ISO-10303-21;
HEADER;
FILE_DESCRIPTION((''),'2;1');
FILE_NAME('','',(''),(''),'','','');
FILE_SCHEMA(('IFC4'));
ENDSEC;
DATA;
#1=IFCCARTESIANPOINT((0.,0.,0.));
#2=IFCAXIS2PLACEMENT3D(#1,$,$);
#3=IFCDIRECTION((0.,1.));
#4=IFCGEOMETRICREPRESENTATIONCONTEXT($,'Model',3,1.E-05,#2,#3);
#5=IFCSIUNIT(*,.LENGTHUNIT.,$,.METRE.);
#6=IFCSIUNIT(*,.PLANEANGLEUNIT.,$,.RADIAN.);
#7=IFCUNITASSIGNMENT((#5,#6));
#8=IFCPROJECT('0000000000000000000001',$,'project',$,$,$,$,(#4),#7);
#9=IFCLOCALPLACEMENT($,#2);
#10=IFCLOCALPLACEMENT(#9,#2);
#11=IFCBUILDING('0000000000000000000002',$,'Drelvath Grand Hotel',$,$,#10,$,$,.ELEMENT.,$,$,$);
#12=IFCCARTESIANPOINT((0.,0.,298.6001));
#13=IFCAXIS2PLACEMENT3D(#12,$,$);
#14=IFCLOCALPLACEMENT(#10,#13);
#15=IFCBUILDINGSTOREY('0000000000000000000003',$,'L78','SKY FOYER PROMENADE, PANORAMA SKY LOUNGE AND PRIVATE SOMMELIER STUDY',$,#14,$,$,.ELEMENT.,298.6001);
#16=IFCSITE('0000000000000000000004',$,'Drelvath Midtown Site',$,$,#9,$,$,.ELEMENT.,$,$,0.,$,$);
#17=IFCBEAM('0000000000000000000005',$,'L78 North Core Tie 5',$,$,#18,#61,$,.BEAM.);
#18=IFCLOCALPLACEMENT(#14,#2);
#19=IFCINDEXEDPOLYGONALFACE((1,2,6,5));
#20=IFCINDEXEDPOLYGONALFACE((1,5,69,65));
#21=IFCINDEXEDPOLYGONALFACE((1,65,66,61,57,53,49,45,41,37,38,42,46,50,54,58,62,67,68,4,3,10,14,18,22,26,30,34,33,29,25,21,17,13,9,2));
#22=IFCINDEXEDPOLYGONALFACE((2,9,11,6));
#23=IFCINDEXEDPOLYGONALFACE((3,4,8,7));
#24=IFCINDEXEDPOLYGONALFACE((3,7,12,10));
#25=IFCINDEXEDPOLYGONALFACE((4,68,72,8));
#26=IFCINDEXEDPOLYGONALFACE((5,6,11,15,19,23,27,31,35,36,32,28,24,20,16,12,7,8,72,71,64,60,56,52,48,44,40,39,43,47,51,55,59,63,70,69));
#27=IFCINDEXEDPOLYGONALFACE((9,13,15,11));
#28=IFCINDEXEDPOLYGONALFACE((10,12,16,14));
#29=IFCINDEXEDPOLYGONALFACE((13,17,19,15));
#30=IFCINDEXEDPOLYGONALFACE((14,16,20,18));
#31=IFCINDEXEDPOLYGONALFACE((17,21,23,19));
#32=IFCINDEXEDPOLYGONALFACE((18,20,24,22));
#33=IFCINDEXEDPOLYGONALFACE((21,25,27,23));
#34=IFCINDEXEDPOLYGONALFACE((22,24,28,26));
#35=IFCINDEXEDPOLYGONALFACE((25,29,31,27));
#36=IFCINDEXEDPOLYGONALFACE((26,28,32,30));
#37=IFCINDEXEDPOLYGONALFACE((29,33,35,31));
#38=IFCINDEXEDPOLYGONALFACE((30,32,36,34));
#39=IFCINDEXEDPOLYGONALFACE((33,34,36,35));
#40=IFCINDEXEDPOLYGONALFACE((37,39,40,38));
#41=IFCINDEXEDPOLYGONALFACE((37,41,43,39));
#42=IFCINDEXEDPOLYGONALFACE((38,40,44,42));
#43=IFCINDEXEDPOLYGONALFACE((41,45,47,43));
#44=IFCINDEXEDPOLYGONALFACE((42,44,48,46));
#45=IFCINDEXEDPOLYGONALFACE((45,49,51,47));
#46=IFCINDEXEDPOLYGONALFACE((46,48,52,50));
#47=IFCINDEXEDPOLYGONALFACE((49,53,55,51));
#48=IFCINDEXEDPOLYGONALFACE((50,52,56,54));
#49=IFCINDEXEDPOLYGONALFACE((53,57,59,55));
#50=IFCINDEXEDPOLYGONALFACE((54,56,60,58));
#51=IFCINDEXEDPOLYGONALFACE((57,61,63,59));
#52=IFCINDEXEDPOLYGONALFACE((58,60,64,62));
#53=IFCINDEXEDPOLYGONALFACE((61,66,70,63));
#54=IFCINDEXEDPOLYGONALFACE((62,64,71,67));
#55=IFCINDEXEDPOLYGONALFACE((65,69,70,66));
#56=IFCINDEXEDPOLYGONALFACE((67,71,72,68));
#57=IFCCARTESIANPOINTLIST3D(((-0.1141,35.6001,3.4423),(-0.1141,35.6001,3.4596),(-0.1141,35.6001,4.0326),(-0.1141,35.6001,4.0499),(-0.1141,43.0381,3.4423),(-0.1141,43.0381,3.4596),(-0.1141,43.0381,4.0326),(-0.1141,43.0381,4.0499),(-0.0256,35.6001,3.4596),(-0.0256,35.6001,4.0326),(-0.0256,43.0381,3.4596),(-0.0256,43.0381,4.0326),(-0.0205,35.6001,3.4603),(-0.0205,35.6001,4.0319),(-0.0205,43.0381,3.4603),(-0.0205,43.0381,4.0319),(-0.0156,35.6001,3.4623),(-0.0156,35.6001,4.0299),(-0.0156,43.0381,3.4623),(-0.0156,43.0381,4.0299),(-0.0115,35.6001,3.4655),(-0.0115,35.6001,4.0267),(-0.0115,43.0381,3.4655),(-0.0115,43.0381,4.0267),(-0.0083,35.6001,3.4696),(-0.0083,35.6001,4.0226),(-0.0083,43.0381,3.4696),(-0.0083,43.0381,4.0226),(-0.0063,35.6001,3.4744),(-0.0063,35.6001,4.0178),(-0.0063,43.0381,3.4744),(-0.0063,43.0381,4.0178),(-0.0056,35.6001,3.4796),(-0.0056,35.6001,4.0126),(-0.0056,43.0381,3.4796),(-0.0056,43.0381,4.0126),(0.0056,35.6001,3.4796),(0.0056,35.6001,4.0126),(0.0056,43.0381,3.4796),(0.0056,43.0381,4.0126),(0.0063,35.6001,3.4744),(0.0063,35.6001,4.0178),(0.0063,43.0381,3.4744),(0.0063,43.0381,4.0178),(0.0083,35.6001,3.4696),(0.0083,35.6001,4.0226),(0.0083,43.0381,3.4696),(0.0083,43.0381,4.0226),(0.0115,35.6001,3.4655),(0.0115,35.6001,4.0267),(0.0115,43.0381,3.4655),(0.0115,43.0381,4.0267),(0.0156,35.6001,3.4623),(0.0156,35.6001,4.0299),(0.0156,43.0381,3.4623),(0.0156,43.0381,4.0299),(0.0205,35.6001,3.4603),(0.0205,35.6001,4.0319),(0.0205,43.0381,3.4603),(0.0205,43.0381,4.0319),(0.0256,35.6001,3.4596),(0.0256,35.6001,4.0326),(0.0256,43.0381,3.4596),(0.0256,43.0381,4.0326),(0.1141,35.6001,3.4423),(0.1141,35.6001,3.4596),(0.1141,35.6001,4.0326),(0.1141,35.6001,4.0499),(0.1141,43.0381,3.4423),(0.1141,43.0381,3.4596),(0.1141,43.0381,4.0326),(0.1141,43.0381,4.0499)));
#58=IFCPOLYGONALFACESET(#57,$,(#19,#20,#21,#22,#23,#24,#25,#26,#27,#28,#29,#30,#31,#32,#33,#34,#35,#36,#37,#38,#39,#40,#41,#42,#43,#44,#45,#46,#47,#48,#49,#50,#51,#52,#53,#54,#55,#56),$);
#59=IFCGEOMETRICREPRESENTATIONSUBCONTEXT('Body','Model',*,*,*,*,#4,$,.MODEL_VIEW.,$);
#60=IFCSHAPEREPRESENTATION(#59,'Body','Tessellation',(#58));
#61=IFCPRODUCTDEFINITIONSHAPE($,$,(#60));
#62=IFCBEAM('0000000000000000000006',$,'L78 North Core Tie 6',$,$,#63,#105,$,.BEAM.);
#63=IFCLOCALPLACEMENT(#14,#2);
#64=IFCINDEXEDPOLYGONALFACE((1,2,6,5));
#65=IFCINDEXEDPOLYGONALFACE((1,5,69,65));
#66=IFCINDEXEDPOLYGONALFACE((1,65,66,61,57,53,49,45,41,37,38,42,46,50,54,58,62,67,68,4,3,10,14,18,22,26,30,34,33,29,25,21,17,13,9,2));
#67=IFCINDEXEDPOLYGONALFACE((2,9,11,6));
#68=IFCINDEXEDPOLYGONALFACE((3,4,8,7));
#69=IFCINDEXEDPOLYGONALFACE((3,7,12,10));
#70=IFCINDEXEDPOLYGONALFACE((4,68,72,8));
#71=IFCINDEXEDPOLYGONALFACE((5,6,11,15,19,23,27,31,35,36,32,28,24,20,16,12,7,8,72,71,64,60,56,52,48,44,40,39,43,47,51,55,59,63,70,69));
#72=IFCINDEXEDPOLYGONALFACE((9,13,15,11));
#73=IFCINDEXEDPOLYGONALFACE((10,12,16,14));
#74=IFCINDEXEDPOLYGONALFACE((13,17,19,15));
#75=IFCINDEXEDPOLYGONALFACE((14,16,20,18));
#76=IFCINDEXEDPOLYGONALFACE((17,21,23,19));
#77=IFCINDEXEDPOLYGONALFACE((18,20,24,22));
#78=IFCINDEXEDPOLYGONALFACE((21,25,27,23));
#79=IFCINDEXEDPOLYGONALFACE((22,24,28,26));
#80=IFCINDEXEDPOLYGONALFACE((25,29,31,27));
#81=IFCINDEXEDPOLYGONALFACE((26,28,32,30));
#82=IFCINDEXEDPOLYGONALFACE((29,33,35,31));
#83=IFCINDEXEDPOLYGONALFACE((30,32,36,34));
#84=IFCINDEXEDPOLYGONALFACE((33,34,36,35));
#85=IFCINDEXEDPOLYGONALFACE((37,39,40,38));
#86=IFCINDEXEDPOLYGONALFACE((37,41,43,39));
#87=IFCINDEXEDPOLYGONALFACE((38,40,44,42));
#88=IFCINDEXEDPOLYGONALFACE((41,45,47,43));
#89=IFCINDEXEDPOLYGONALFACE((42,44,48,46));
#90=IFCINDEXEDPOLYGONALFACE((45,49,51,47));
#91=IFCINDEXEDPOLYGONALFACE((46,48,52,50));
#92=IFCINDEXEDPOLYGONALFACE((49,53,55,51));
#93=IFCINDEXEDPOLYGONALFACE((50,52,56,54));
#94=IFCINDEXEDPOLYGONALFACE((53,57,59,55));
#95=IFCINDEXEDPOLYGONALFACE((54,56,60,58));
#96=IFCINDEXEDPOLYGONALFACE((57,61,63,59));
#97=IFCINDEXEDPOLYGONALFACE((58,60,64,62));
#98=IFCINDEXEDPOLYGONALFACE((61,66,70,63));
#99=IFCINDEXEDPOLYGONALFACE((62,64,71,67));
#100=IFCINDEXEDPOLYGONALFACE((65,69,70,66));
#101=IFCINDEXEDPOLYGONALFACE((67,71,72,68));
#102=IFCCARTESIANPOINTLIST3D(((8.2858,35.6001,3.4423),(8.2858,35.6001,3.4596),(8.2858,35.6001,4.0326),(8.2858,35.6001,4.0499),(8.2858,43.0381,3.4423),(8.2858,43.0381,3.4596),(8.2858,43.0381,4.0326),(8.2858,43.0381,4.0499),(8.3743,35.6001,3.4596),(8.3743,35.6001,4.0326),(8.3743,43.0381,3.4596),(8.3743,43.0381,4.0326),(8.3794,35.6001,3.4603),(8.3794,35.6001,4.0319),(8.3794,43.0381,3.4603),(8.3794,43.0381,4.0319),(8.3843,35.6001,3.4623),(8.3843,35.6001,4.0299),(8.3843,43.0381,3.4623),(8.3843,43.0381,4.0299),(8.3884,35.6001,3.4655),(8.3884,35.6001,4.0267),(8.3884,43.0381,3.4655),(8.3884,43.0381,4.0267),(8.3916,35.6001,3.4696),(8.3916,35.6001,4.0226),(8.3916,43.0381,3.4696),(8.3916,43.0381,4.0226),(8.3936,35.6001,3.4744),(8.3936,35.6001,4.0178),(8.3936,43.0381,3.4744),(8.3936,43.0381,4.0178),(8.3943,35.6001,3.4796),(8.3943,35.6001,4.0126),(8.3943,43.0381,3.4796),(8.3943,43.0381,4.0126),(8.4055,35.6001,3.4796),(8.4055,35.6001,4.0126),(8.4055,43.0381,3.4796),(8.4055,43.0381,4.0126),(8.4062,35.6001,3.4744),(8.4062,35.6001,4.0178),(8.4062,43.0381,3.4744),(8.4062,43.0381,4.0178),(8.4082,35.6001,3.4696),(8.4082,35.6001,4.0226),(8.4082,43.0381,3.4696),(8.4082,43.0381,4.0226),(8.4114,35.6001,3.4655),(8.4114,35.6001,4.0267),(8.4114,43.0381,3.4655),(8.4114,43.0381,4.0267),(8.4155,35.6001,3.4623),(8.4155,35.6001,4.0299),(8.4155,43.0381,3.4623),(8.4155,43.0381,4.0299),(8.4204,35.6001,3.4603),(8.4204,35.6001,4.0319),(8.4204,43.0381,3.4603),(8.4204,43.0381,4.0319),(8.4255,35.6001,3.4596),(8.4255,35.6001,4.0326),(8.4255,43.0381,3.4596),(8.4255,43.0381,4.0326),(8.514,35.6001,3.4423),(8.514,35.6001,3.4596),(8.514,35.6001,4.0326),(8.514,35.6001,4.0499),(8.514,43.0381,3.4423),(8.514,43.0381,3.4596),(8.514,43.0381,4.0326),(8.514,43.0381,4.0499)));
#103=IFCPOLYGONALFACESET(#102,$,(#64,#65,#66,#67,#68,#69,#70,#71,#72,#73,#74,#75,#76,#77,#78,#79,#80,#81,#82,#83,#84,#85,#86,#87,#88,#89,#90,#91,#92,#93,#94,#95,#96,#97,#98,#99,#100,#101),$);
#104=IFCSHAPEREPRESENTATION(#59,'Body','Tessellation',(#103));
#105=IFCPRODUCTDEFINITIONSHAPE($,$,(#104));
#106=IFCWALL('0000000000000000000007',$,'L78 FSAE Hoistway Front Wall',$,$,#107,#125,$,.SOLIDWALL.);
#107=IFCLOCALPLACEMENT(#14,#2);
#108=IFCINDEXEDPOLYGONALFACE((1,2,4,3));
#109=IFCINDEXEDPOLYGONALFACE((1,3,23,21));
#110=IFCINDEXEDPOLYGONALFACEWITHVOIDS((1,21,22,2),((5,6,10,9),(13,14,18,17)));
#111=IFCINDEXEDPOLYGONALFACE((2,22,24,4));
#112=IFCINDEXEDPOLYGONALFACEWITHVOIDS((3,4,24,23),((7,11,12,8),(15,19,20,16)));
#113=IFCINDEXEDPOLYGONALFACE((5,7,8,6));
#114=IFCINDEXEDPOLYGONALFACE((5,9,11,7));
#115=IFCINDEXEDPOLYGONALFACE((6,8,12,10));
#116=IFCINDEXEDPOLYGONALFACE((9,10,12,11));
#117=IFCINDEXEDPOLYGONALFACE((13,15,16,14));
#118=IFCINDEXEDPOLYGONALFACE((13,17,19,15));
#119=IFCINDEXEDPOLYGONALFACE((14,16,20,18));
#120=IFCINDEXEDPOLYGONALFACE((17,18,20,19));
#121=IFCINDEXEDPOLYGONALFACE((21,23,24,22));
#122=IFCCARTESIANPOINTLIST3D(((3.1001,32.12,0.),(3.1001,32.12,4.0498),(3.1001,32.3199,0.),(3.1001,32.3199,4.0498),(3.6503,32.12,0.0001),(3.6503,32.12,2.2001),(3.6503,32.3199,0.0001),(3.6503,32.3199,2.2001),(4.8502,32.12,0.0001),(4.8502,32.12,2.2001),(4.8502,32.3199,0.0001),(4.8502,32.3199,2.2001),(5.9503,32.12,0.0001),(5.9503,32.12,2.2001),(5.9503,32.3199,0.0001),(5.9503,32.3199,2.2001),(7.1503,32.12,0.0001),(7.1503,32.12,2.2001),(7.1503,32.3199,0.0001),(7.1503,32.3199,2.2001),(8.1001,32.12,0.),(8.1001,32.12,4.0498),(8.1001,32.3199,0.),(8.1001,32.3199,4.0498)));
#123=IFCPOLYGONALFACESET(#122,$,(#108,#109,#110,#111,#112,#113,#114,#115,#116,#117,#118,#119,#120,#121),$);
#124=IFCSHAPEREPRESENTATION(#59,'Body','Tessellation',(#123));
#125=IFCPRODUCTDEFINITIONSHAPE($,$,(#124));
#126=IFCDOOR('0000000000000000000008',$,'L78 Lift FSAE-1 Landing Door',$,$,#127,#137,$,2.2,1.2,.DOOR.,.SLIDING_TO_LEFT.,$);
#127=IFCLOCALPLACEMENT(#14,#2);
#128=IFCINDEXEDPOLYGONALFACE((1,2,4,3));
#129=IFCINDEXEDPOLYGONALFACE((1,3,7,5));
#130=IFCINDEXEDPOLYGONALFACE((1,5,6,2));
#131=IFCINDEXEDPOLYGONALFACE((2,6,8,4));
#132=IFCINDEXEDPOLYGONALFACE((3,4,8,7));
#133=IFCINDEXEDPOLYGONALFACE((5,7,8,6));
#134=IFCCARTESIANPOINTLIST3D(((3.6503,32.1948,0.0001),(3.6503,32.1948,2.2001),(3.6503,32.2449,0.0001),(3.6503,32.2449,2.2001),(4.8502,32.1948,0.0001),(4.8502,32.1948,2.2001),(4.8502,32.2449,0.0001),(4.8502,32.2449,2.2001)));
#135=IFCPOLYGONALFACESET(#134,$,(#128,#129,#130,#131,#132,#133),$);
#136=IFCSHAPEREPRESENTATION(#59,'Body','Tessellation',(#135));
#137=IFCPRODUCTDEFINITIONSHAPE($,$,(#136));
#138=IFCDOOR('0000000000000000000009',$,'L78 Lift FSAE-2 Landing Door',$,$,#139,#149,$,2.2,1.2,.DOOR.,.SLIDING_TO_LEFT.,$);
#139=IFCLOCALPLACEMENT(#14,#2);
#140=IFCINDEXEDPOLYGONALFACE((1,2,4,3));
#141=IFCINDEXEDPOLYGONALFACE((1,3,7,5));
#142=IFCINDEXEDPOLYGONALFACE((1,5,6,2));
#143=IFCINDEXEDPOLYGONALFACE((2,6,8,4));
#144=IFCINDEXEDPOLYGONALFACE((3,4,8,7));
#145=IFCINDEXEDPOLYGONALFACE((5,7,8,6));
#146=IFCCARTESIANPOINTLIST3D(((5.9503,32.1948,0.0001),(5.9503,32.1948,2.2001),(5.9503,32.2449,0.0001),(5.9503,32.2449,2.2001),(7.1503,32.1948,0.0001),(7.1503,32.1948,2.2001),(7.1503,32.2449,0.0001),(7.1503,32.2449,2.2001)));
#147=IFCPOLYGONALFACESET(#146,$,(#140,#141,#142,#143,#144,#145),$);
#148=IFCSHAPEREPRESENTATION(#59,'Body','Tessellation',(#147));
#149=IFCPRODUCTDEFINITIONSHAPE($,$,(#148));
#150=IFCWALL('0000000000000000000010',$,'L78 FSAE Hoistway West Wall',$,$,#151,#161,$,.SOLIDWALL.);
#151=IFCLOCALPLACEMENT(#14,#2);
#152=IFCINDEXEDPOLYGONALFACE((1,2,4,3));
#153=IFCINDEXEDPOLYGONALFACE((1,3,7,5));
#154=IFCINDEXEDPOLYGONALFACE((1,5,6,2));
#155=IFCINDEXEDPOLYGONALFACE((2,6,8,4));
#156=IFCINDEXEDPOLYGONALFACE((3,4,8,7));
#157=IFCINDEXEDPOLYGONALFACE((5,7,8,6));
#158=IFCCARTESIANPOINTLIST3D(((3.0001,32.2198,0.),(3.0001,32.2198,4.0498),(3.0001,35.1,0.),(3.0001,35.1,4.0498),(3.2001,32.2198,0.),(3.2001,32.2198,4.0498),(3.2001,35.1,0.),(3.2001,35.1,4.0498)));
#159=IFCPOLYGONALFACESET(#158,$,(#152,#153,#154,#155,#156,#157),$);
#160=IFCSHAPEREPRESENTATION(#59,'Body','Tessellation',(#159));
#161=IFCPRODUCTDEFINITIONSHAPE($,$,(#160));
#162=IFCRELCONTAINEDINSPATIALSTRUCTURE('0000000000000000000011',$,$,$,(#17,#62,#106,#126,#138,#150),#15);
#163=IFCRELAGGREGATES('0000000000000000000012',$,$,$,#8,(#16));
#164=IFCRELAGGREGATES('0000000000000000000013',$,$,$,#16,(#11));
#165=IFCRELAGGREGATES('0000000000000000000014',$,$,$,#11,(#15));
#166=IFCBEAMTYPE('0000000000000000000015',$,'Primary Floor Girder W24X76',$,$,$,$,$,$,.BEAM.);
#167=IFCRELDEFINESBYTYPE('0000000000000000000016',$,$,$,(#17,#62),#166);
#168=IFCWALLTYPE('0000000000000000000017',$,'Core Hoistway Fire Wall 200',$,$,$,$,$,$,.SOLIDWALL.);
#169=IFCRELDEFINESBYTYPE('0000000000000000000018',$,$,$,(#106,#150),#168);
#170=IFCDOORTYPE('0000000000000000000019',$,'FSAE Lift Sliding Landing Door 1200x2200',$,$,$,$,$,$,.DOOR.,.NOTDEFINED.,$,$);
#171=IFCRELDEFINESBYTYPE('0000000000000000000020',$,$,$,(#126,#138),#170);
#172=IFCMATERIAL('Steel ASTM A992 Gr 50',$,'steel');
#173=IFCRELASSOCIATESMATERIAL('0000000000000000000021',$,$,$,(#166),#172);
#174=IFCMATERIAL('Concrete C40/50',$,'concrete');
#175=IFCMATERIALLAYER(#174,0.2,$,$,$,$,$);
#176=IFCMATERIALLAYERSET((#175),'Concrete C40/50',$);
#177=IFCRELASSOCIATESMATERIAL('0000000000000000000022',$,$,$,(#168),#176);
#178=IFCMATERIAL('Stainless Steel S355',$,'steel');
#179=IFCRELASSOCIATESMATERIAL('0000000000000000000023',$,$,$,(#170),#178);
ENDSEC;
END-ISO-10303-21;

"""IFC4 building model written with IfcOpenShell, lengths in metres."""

from ifc_helpers import new_model, si_unit, direction, frame, frame_2d, origin, origin_2d, place, context, subcontext, project, spatial, rectangle, i_section, extrude, material, layer, layer_set, material_profile, profile_set, type_object, element, fill, save


model = new_model("IFC4")

# Units and contexts
model_context = context("Model", 3, precision=1e-05, world=origin(), true_north=direction((0.0, 1.0)))
body_context = subcontext(model_context, "Body", "Model", "MODEL_VIEW")
ifc_project = project(units=[si_unit("LENGTHUNIT", "METRE"), si_unit("PLANEANGLEUNIT", "RADIAN")], contexts=[model_context])

# Site, building, storey
site_placement = place(None, origin())
site = spatial("IfcSite", under=ifc_project, at=site_placement, Name="Drelvath Midtown Site", CompositionType="ELEMENT", RefElevation=0.0)
building_placement = place(site_placement, origin())
building = spatial("IfcBuilding", under=site, at=building_placement, Name="Drelvath Grand Hotel", CompositionType="ELEMENT")
storey_placement = place(building_placement, frame((0.0, 0.0, 298.6001)))
storey = spatial("IfcBuildingStorey", under=building, at=storey_placement, Name="L78", Description="SKY FOYER PROMENADE, PANORAMA SKY LOUNGE AND PRIVATE SOMMELIER STUDY", CompositionType="ELEMENT", Elevation=298.6001)

# Beams
ifc_material_1 = material(Name="Steel ASTM A992 Gr 50", Category="steel")
ifc_material_profile_1 = material_profile(ifc_material_1, i_section(OverallWidth=0.2283, OverallDepth=0.6077, WebThickness=0.0112, FlangeThickness=0.0173, FilletRadius=0.02, at=origin_2d()), Name="W24X76")
ifc_profile_set_1 = profile_set([ifc_material_profile_1], Name="Steel ASTM A992 Gr 50")
beam_type_1 = type_object("IfcBeamType", Name="Primary Floor Girder W24X76", PredefinedType="BEAM", material=ifc_profile_set_1)
for number, where, z_axis, x_axis, name in (
    (1, (0.0, 35.6001, 3.7461), (0.0, 1.0, 0.0), (-1.0, 0.0, 0.0), "L78 North Core Tie 5"),
    (2, (8.3999, 35.6001, 3.7461), (0.0, 1.0, 0.0), (-1.0, 0.0, 0.0), "L78 North Core Tie 6"),
):
    element("IfcBeam", number, at=place(storey_placement, frame(where, z_axis=z_axis, x_axis=x_axis)), inside=storey, type_object=beam_type_1, Name=name, PredefinedType="BEAM", context=body_context, shape_type="SweptSolid", body=[
        extrude(i_section(OverallWidth=0.2283, OverallDepth=0.6077, WebThickness=0.0112, FlangeThickness=0.0173, FilletRadius=0.02, at=origin_2d()), origin(), (0.0, 0.0, 1.0), 7.438),
    ])

# Wall, openings, doors
ifc_material_2 = material(Name="Concrete C40/50", Category="concrete")
ifc_layer_1 = layer(ifc_material_2, 0.2)
ifc_layer_set_1 = layer_set([ifc_layer_1], Name="Concrete C40/50")
wall_type_1 = type_object("IfcWallType", Name="Core Hoistway Fire Wall 200", PredefinedType="SOLIDWALL", material=ifc_layer_set_1)
wall_1_placement = place(storey_placement, frame((3.1001, 32.22, 0.0), z_axis=(0.0, 0.0, 1.0), x_axis=(1.0, 0.0, 0.0)))
wall_1 = element("IfcWall", 3, at=wall_1_placement, inside=storey, type_object=wall_type_1, Name="L78 FSAE Hoistway Front Wall", PredefinedType="SOLIDWALL", context=body_context, shape_type="SweptSolid", body=[
    extrude(rectangle(XDim=5.0, YDim=0.2, at=frame_2d((2.5, 0.0))), origin(), (0.0, 0.0, 1.0), 4.0498),
])
opening_1_placement = place(wall_1_placement, frame((0.55, 0.0, 0.0)))
opening_1 = element("IfcOpeningElement", 4, at=opening_1_placement, cuts=wall_1, PredefinedType="OPENING", context=body_context, shape_type="SweptSolid", body=[
    extrude(rectangle(XDim=1.2, YDim=2.2, at=frame_2d((0.6001, 1.1001))), frame((0.0, 0.1099, 0.0), z_axis=(0.0, -1.0, 0.0), x_axis=(1.0, 0.0, 0.0)), (0.0, 0.0, 1.0), 0.22),
])
opening_2_placement = place(wall_1_placement, frame((2.8501, 0.0, 0.0)))
opening_2 = element("IfcOpeningElement", 5, at=opening_2_placement, cuts=wall_1, PredefinedType="OPENING", context=body_context, shape_type="SweptSolid", body=[
    extrude(rectangle(XDim=1.2, YDim=2.2, at=frame_2d((0.6001, 1.1001))), frame((0.0, 0.1099, 0.0), z_axis=(0.0, -1.0, 0.0), x_axis=(1.0, 0.0, 0.0)), (0.0, 0.0, 1.0), 0.22),
])
ifc_material_3 = material(Name="Stainless Steel S355", Category="steel")
door_type_1 = type_object("IfcDoorType", Name="FSAE Lift Sliding Landing Door 1200x2200", OperationType="NOTDEFINED", PredefinedType="DOOR", material=ifc_material_3)
door_1_placement = place(opening_1_placement, origin())
door_1 = element("IfcDoor", 6, at=door_1_placement, inside=storey, type_object=door_type_1, Name="L78 Lift FSAE-1 Landing Door", OperationType="SLIDING_TO_LEFT", OverallHeight=2.2, OverallWidth=1.2, PredefinedType="DOOR", context=body_context, shape_type="SweptSolid", body=[
    extrude(rectangle(XDim=1.2, YDim=2.2, at=frame_2d((0.6001, 1.1001))), frame((0.0, 0.0249, 0.0), z_axis=(0.0, -1.0, 0.0), x_axis=(1.0, 0.0, 0.0)), (0.0, 0.0, 1.0), 0.05),
])
fill(opening_1, door_1)
door_2_placement = place(opening_2_placement, origin())
door_2 = element("IfcDoor", 7, at=door_2_placement, inside=storey, type_object=door_type_1, Name="L78 Lift FSAE-2 Landing Door", OperationType="SLIDING_TO_LEFT", OverallHeight=2.2, OverallWidth=1.2, PredefinedType="DOOR", context=body_context, shape_type="SweptSolid", body=[
    extrude(rectangle(XDim=1.2, YDim=2.2, at=frame_2d((0.6001, 1.1001))), frame((0.0, 0.0249, 0.0), z_axis=(0.0, -1.0, 0.0), x_axis=(1.0, 0.0, 0.0)), (0.0, 0.0, 1.0), 0.05),
])
fill(opening_2, door_2)

# Wall
wall_2_placement = place(storey_placement, frame((3.1001, 32.22, 0.0), z_axis=(0.0, 0.0, 1.0), x_axis=(0.0, 1.0, 0.0)))
element("IfcWall", 8, at=wall_2_placement, inside=storey, type_object=wall_type_1, Name="L78 FSAE Hoistway West Wall", PredefinedType="SOLIDWALL", context=body_context, shape_type="SweptSolid", body=[
    extrude(rectangle(XDim=2.8801, YDim=0.2, at=frame_2d((1.4399, 0.0))), origin(), (0.0, 0.0, 1.0), 4.0498),
])

save(model, "model.ifc")
